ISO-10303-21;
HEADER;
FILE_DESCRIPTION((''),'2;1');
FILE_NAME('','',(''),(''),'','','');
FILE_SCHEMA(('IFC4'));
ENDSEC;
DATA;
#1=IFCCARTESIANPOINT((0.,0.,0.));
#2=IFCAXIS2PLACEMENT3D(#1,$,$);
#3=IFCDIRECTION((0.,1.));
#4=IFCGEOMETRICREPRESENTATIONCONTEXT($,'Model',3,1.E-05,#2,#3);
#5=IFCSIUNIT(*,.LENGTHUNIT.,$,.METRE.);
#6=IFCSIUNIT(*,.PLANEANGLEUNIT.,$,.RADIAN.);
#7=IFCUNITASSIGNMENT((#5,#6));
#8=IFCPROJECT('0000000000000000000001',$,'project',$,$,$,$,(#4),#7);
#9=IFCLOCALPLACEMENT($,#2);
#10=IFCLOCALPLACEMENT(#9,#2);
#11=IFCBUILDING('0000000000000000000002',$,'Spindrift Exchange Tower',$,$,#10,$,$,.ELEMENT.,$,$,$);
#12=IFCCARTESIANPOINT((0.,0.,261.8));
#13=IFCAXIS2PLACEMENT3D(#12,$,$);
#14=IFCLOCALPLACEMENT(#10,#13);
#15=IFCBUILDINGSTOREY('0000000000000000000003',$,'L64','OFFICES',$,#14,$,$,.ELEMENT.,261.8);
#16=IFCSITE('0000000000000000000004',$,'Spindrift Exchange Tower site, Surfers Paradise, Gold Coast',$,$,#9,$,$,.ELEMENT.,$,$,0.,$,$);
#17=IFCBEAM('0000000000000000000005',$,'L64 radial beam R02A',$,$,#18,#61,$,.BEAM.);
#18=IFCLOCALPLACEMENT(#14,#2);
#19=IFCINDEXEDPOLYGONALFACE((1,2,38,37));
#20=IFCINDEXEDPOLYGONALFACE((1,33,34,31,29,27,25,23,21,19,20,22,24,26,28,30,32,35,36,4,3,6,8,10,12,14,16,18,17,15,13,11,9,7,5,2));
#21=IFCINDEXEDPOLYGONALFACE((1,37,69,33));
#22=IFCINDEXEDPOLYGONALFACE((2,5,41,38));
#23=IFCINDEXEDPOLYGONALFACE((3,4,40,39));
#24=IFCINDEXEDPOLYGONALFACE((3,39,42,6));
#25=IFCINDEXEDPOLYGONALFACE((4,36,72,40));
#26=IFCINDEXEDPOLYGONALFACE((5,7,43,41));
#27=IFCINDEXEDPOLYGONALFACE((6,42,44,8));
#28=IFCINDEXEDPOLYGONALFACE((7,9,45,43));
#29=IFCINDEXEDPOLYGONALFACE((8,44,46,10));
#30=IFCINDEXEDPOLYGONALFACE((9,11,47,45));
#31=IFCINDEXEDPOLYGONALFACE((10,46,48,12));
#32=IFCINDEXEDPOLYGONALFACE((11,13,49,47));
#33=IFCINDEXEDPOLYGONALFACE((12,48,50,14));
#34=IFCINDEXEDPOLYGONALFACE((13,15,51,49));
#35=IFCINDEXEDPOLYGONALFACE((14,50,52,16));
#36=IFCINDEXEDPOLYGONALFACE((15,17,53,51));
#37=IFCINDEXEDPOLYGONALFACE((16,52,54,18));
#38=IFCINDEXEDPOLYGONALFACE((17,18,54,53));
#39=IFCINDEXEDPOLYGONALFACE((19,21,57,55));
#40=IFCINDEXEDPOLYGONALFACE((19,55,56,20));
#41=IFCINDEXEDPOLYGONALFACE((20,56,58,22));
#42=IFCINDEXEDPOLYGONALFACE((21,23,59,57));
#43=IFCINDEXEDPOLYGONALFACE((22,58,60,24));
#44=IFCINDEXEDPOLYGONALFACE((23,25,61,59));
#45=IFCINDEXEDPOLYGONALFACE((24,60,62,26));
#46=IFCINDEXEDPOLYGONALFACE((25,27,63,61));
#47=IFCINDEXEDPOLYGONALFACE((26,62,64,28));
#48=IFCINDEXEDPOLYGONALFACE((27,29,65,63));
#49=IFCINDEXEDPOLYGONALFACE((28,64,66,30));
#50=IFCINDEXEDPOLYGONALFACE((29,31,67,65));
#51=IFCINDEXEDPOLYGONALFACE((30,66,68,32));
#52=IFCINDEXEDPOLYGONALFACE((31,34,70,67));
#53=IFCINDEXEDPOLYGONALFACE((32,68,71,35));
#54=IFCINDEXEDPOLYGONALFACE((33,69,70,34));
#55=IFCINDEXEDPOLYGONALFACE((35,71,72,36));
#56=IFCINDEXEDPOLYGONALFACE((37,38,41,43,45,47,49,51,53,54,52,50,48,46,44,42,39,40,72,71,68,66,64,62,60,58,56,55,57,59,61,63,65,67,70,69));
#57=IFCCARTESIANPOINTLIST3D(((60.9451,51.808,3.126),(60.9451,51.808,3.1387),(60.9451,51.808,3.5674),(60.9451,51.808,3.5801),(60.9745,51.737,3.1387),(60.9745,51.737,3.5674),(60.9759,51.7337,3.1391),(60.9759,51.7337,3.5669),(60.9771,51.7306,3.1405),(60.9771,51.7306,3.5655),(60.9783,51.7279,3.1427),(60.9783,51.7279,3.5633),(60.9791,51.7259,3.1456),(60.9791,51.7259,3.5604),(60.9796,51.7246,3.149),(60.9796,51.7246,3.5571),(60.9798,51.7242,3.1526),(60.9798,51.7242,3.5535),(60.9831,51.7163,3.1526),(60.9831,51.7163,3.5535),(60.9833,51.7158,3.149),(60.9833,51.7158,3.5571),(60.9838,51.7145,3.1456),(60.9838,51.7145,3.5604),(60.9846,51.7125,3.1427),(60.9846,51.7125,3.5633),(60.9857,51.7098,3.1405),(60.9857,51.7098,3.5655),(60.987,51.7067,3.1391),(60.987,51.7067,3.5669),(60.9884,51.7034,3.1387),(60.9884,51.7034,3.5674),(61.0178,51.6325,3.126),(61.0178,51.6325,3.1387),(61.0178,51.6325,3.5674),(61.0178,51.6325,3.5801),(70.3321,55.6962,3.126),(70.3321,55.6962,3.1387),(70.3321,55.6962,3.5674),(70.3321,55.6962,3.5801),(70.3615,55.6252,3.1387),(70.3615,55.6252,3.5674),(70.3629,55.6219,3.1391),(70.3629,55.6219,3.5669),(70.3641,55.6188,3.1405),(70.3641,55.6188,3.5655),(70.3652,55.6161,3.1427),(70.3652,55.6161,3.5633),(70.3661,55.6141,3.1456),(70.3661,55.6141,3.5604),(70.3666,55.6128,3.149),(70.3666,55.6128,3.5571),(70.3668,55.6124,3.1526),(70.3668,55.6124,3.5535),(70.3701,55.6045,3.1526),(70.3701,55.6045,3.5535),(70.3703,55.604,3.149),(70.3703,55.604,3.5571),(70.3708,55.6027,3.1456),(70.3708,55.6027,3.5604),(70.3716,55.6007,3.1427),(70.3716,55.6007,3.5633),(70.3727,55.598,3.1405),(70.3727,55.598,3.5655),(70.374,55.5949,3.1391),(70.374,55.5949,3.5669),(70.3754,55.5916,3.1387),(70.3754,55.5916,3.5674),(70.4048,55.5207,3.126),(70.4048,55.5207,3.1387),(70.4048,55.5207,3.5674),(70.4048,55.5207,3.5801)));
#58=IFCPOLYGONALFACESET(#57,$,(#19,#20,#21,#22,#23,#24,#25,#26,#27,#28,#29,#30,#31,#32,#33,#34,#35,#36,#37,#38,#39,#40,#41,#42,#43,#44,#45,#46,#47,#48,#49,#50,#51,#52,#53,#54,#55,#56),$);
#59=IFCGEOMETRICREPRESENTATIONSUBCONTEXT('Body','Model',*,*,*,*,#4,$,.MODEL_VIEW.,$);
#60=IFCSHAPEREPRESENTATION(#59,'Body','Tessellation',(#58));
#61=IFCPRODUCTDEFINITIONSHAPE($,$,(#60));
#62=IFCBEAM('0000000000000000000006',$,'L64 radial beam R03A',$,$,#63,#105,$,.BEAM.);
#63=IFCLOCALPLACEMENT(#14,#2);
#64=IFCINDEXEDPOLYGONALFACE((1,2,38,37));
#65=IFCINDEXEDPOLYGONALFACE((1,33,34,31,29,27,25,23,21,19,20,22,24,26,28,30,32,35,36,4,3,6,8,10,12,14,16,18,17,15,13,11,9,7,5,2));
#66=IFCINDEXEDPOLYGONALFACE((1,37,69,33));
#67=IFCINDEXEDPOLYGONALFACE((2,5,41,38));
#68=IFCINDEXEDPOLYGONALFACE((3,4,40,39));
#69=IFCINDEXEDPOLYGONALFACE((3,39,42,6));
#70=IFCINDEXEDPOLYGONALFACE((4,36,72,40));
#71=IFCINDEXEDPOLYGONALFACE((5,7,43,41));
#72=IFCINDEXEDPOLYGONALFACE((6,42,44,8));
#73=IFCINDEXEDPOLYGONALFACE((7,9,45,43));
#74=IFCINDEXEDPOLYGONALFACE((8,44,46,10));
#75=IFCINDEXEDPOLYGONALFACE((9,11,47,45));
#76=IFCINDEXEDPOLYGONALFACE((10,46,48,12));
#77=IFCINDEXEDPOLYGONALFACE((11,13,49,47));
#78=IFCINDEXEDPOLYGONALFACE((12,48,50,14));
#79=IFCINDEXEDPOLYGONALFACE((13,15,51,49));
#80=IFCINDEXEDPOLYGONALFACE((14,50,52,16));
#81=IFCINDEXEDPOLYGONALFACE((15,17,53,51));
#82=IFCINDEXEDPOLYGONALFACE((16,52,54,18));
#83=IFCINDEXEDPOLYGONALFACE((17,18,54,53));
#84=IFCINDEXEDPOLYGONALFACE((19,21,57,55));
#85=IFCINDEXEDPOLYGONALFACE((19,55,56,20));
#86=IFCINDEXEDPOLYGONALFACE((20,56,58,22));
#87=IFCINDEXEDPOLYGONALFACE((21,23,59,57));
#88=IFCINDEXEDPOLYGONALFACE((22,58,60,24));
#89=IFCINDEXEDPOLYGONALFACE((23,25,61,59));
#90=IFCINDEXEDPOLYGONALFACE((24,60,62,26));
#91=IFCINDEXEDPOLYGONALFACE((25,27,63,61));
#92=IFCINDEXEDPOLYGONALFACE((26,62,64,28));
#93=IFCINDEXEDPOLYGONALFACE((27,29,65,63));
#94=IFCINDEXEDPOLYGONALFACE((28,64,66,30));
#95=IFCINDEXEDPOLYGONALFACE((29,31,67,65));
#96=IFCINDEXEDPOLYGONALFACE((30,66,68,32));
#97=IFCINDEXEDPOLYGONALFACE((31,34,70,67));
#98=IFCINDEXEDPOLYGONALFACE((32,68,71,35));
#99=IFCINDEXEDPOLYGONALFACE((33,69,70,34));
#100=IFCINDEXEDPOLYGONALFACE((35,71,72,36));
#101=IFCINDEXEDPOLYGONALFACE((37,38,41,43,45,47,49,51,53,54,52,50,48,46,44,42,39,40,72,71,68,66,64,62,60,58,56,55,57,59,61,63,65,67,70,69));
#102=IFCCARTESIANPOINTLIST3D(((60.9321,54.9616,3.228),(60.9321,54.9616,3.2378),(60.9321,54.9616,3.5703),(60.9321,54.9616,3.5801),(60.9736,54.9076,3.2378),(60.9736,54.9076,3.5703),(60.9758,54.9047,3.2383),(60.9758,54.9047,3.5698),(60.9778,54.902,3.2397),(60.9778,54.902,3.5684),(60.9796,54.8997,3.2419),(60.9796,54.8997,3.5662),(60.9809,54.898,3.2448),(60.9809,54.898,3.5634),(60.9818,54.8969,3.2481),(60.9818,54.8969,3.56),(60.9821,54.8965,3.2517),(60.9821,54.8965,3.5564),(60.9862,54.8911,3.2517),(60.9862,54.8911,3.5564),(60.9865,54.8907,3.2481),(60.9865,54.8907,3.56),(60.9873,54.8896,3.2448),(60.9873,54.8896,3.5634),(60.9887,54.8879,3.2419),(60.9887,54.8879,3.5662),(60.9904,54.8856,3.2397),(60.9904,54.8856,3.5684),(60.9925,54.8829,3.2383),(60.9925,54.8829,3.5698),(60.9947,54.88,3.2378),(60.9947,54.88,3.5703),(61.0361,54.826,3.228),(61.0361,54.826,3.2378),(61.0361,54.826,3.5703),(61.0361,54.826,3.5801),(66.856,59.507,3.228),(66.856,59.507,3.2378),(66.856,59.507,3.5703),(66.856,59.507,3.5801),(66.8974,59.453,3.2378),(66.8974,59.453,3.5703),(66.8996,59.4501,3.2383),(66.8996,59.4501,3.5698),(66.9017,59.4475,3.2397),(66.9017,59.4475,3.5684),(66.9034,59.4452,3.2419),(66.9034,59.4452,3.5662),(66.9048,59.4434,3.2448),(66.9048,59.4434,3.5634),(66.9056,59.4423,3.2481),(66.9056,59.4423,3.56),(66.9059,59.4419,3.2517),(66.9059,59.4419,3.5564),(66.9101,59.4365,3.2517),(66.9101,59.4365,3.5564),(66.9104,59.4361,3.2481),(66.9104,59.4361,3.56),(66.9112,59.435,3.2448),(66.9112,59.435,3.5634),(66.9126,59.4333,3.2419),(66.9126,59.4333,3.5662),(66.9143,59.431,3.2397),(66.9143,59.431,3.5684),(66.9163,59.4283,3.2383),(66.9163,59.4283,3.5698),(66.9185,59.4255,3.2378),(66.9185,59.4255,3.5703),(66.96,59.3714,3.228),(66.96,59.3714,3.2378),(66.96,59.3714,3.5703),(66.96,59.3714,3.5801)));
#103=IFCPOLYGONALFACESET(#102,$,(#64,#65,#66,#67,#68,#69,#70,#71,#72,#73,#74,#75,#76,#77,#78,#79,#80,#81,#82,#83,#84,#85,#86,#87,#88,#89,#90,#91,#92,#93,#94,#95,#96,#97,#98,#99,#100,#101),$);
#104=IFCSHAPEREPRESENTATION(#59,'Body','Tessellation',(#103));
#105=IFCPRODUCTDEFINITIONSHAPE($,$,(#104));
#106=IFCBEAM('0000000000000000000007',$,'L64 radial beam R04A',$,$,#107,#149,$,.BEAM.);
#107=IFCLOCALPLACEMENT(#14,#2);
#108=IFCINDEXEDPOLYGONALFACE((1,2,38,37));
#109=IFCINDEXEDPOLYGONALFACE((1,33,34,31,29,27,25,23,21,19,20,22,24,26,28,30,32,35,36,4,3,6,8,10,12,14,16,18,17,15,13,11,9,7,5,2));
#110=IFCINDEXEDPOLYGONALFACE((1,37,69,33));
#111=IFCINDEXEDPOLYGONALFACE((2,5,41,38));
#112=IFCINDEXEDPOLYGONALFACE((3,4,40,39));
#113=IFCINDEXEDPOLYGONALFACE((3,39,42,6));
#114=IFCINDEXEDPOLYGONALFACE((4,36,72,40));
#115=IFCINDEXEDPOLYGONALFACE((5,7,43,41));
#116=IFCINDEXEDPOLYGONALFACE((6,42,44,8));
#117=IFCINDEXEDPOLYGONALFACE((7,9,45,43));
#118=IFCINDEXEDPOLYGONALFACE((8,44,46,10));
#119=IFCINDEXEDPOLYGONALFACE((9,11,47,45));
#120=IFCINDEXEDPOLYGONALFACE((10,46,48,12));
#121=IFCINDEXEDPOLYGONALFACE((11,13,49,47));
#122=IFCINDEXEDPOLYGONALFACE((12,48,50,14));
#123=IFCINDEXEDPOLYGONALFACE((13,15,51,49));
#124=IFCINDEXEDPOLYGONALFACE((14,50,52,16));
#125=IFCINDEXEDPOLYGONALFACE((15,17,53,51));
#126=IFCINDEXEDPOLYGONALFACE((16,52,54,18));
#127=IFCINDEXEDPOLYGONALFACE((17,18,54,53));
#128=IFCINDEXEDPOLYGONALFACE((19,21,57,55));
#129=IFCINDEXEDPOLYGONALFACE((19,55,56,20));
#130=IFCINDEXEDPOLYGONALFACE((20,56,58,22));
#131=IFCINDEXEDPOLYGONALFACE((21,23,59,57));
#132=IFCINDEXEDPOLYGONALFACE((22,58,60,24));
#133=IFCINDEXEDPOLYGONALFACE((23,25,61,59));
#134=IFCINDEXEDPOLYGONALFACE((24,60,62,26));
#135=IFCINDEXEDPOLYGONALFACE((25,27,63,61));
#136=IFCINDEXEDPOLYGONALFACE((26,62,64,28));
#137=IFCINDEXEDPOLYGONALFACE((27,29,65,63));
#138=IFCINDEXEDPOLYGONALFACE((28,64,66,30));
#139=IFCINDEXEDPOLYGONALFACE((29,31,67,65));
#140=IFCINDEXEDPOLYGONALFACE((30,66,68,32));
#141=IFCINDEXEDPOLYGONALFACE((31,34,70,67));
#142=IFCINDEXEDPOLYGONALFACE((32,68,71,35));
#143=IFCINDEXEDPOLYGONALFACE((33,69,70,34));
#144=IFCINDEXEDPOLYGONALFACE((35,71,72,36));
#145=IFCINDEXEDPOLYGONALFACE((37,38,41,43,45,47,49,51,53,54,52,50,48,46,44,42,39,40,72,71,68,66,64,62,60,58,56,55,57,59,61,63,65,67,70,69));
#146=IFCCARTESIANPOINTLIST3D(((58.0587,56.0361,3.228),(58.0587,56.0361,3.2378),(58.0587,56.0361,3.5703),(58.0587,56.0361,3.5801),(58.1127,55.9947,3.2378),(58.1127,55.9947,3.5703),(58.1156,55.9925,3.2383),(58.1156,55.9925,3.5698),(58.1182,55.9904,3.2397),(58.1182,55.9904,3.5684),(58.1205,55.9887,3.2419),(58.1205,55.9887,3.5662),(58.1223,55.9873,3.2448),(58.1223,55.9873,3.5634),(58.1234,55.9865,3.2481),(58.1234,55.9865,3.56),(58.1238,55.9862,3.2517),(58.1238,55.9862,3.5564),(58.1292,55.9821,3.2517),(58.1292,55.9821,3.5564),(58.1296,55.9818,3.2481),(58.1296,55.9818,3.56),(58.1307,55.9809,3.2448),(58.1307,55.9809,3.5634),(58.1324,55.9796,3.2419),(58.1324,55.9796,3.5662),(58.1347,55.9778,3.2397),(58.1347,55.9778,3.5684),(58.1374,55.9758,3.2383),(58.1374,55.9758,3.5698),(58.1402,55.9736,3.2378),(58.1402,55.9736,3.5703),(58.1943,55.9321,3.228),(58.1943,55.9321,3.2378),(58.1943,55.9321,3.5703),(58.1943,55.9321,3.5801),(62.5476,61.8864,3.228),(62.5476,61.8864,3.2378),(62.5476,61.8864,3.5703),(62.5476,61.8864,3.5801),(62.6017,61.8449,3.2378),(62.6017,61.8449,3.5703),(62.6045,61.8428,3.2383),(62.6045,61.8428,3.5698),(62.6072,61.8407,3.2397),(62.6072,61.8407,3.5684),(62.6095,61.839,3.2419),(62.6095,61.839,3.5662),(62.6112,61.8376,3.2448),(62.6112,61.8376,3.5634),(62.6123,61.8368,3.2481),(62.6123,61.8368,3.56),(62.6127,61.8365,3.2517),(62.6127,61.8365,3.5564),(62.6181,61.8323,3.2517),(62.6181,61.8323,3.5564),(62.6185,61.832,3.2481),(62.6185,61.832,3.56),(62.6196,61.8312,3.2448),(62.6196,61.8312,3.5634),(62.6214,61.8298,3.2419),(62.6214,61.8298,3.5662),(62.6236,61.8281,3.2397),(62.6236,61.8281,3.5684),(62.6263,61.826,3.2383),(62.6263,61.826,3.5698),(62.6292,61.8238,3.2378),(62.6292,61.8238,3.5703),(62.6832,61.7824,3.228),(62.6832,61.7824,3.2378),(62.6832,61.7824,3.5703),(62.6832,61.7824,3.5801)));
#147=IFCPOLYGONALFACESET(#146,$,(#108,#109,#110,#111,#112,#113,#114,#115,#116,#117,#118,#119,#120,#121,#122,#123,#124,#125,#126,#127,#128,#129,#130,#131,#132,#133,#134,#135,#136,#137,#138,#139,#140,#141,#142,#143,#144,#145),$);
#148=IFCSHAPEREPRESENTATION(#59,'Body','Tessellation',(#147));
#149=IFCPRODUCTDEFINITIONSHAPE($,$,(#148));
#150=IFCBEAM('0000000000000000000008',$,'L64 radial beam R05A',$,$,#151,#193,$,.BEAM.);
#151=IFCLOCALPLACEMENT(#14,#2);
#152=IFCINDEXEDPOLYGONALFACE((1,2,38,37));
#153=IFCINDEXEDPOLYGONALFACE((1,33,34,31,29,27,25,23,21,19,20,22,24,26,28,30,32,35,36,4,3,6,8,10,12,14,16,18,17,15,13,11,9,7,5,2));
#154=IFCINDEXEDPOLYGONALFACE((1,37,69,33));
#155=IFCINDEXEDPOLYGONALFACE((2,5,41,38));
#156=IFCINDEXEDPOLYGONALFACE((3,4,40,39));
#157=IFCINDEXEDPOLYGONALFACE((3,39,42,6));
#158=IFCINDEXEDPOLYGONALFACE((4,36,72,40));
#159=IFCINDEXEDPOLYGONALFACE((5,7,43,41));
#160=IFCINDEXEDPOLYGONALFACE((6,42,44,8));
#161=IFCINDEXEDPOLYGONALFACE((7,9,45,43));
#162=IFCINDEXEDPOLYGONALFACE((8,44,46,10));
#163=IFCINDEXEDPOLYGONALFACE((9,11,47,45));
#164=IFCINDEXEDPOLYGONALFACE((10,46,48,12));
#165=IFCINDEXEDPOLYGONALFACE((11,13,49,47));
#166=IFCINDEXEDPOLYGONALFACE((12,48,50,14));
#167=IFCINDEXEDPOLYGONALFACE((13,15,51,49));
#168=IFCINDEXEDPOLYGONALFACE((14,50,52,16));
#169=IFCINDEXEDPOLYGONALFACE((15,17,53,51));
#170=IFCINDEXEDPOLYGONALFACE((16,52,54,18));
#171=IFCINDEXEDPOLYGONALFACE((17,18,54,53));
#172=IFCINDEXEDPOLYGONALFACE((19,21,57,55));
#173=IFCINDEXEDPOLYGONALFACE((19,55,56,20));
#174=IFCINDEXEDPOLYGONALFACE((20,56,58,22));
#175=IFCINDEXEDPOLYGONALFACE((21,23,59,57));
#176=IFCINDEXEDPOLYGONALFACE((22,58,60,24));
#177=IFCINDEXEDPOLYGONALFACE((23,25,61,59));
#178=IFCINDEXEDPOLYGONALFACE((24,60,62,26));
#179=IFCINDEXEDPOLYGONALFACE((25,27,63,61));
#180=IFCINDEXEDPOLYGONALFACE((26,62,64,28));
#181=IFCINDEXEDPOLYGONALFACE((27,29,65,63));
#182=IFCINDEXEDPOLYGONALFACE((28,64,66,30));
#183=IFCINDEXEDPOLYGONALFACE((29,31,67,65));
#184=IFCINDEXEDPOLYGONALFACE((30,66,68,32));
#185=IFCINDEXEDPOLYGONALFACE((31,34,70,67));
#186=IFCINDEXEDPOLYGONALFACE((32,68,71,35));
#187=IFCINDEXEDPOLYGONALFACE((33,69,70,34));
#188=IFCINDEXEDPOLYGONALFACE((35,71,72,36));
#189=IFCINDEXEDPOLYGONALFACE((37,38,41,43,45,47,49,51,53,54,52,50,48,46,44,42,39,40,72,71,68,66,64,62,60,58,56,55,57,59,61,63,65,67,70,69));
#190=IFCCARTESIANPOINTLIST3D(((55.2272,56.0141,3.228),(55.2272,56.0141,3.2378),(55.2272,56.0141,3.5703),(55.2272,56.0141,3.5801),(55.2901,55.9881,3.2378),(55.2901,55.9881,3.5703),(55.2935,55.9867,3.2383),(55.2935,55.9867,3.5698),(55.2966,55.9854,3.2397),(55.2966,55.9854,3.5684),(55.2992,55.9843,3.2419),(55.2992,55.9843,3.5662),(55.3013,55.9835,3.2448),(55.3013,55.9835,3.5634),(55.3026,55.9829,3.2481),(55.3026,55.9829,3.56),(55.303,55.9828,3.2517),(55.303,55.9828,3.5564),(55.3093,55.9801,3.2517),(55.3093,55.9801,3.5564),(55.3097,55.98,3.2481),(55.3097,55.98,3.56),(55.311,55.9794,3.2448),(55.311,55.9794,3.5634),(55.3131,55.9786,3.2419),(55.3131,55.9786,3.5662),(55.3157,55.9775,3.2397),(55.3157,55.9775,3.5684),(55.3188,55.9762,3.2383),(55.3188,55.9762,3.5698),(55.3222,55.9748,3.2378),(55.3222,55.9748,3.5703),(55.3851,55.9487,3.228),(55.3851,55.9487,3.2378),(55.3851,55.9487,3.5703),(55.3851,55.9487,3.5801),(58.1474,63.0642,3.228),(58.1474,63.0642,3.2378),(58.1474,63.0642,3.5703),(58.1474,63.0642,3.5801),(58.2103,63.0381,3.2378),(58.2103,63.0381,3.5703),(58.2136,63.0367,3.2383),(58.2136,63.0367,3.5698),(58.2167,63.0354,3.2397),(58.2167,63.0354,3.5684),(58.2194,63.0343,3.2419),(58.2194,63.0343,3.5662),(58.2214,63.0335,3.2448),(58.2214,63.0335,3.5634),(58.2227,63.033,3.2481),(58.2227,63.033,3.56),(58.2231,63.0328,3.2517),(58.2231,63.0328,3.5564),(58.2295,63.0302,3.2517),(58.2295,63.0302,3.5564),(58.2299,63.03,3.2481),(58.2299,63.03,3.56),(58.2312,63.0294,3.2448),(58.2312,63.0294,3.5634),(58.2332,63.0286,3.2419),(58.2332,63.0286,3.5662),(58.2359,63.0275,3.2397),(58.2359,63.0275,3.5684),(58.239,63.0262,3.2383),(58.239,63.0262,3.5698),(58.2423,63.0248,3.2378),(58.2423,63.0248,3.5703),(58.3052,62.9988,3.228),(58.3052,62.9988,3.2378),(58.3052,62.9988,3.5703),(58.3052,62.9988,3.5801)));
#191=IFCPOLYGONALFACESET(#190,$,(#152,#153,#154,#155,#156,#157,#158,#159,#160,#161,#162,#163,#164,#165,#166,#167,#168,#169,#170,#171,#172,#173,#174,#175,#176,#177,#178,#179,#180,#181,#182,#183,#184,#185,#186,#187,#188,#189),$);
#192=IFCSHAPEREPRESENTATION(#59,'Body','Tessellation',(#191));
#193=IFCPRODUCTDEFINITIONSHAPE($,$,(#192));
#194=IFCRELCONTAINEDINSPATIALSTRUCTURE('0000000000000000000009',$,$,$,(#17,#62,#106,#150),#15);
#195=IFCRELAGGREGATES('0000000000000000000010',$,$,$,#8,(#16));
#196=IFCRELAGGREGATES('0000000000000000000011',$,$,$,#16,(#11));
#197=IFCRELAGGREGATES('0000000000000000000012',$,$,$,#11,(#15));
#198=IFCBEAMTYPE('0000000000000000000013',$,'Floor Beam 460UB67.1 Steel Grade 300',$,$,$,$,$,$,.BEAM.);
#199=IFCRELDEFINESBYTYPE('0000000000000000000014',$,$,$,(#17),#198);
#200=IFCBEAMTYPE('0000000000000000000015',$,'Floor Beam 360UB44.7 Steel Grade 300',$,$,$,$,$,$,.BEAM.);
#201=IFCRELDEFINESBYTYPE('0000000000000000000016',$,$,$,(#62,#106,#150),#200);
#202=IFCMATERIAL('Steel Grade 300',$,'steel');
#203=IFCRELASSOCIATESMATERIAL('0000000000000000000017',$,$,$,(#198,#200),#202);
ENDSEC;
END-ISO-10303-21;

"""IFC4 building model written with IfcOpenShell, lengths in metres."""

from ifc_helpers import new_model, si_unit, direction, frame, origin, origin_2d, place, context, subcontext, project, spatial, i_section, extrude, source, transform, mapped, material, material_profile, profile_set, type_object, element, save


model = new_model("IFC4")

# Units and contexts
model_context = context("Model", 3, precision=1e-05, world=origin(), true_north=direction((0.0, 1.0)))
body_context = subcontext(model_context, "Body", "Model", "MODEL_VIEW")
ifc_project = project(units=[si_unit("LENGTHUNIT", "METRE"), si_unit("PLANEANGLEUNIT", "RADIAN")], contexts=[model_context])

# Site, building, storey
site_placement = place(None, origin())
site = spatial("IfcSite", under=ifc_project, at=site_placement, Name="Spindrift Exchange Tower site, Surfers Paradise, Gold Coast", CompositionType="ELEMENT", RefElevation=0.0)
building_placement = place(site_placement, origin())
building = spatial("IfcBuilding", under=site, at=building_placement, Name="Spindrift Exchange Tower", CompositionType="ELEMENT")
storey_placement = place(building_placement, frame((0.0, 0.0, 261.8)))
storey = spatial("IfcBuildingStorey", under=building, at=storey_placement, Name="L64", Description="OFFICES", CompositionType="ELEMENT", Elevation=261.8)

# Beams
ifc_material_1 = material(Name="Steel Grade 300", Category="steel")
ifc_material_profile_1 = material_profile(ifc_material_1, i_section(OverallWidth=0.1899, OverallDepth=0.4541, WebThickness=0.0085, FlangeThickness=0.0127, FilletRadius=0.0139, at=origin_2d()), Name="460UB67.1")
ifc_profile_set_1 = profile_set([ifc_material_profile_1], Name="Steel Grade 300")
beam_type_1 = type_object("IfcBeamType", Name="Floor Beam 460UB67.1 Steel Grade 300", PredefinedType="BEAM", material=ifc_profile_set_1)
shared_shape_1 = source(origin(), body_context, "Body", "SweptSolid", [
    extrude(i_section(OverallWidth=0.1899, OverallDepth=0.4541, WebThickness=0.0085, FlangeThickness=0.0127, FilletRadius=0.0139, at=origin_2d()), origin(), (0.0, 0.0, 1.0), 10.1604),
])
beam_1_placement = place(storey_placement, frame((60.9814, 51.7202, 3.353), z_axis=(0.92388, 0.382681, 0.0), x_axis=(-0.382681, 0.92388, 0.0)))
element("IfcBeam", 1, at=beam_1_placement, inside=storey, type_object=beam_type_1, Name="L64 radial beam R02A", PredefinedType="BEAM", context=body_context, shape_type="MappedRepresentation", body=[
    mapped(shared_shape_1, transform((0.0, 0.0, 0.0), scale=1.0)),
])
ifc_material_profile_2 = material_profile(ifc_material_1, i_section(OverallWidth=0.1709, OverallDepth=0.3521, WebThickness=0.0068, FlangeThickness=0.0098, FilletRadius=0.0139, at=origin_2d()), Name="360UB44.7")
ifc_profile_set_2 = profile_set([ifc_material_profile_2], Name="Steel Grade 300")
beam_type_2 = type_object("IfcBeamType", Name="Floor Beam 360UB44.7 Steel Grade 300", PredefinedType="BEAM", material=ifc_profile_set_2)
shared_shape_2 = source(origin(), body_context, "Body", "SweptSolid", [
    extrude(i_section(OverallWidth=0.1709, OverallDepth=0.3521, WebThickness=0.0068, FlangeThickness=0.0098, FilletRadius=0.0139, at=origin_2d()), origin(), (0.0, 0.0, 1.0), 7.4668),
])
beam_2_placement = place(storey_placement, frame((60.9841, 54.8938, 3.4041), z_axis=(0.79336, 0.608753, 0.0), x_axis=(-0.608753, 0.79336, 0.0)))
element("IfcBeam", 2, at=beam_2_placement, inside=storey, type_object=beam_type_2, Name="L64 radial beam R03A", PredefinedType="BEAM", context=body_context, shape_type="MappedRepresentation", body=[
    mapped(shared_shape_2, transform((0.0, 0.0, 0.0), scale=1.0)),
])
shared_shape_3 = source(origin(), body_context, "Body", "SweptSolid", [
    extrude(i_section(OverallWidth=0.1709, OverallDepth=0.3521, WebThickness=0.0068, FlangeThickness=0.0098, FilletRadius=0.0139, at=origin_2d()), origin(), (0.0, 0.0, 1.0), 7.374),
])
beam_3_placement = place(storey_placement, frame((58.1265, 55.9841, 3.4041), z_axis=(0.608752, 0.793361, 0.0), x_axis=(-0.793361, 0.608752, 0.0)))
element("IfcBeam", 3, at=beam_3_placement, inside=storey, type_object=beam_type_2, Name="L64 radial beam R04A", PredefinedType="BEAM", context=body_context, shape_type="MappedRepresentation", body=[
    mapped(shared_shape_3, transform((0.0, 0.0, 0.0), scale=1.0)),
])
shared_shape_4 = source(origin(), body_context, "Body", "SweptSolid", [
    extrude(i_section(OverallWidth=0.1709, OverallDepth=0.3521, WebThickness=0.0068, FlangeThickness=0.0098, FilletRadius=0.0139, at=origin_2d()), origin(), (0.0, 0.0, 1.0), 7.6309),
])
beam_4_placement = place(storey_placement, frame((55.3062, 55.9814, 3.4041), z_axis=(0.382677, 0.923882, 0.0), x_axis=(-0.923882, 0.382677, 0.0)))
element("IfcBeam", 4, at=beam_4_placement, inside=storey, type_object=beam_type_2, Name="L64 radial beam R05A", PredefinedType="BEAM", context=body_context, shape_type="MappedRepresentation", body=[
    mapped(shared_shape_4, transform((0.0, 0.0, 0.0), scale=1.0)),
])

save(model, "model.ifc")
